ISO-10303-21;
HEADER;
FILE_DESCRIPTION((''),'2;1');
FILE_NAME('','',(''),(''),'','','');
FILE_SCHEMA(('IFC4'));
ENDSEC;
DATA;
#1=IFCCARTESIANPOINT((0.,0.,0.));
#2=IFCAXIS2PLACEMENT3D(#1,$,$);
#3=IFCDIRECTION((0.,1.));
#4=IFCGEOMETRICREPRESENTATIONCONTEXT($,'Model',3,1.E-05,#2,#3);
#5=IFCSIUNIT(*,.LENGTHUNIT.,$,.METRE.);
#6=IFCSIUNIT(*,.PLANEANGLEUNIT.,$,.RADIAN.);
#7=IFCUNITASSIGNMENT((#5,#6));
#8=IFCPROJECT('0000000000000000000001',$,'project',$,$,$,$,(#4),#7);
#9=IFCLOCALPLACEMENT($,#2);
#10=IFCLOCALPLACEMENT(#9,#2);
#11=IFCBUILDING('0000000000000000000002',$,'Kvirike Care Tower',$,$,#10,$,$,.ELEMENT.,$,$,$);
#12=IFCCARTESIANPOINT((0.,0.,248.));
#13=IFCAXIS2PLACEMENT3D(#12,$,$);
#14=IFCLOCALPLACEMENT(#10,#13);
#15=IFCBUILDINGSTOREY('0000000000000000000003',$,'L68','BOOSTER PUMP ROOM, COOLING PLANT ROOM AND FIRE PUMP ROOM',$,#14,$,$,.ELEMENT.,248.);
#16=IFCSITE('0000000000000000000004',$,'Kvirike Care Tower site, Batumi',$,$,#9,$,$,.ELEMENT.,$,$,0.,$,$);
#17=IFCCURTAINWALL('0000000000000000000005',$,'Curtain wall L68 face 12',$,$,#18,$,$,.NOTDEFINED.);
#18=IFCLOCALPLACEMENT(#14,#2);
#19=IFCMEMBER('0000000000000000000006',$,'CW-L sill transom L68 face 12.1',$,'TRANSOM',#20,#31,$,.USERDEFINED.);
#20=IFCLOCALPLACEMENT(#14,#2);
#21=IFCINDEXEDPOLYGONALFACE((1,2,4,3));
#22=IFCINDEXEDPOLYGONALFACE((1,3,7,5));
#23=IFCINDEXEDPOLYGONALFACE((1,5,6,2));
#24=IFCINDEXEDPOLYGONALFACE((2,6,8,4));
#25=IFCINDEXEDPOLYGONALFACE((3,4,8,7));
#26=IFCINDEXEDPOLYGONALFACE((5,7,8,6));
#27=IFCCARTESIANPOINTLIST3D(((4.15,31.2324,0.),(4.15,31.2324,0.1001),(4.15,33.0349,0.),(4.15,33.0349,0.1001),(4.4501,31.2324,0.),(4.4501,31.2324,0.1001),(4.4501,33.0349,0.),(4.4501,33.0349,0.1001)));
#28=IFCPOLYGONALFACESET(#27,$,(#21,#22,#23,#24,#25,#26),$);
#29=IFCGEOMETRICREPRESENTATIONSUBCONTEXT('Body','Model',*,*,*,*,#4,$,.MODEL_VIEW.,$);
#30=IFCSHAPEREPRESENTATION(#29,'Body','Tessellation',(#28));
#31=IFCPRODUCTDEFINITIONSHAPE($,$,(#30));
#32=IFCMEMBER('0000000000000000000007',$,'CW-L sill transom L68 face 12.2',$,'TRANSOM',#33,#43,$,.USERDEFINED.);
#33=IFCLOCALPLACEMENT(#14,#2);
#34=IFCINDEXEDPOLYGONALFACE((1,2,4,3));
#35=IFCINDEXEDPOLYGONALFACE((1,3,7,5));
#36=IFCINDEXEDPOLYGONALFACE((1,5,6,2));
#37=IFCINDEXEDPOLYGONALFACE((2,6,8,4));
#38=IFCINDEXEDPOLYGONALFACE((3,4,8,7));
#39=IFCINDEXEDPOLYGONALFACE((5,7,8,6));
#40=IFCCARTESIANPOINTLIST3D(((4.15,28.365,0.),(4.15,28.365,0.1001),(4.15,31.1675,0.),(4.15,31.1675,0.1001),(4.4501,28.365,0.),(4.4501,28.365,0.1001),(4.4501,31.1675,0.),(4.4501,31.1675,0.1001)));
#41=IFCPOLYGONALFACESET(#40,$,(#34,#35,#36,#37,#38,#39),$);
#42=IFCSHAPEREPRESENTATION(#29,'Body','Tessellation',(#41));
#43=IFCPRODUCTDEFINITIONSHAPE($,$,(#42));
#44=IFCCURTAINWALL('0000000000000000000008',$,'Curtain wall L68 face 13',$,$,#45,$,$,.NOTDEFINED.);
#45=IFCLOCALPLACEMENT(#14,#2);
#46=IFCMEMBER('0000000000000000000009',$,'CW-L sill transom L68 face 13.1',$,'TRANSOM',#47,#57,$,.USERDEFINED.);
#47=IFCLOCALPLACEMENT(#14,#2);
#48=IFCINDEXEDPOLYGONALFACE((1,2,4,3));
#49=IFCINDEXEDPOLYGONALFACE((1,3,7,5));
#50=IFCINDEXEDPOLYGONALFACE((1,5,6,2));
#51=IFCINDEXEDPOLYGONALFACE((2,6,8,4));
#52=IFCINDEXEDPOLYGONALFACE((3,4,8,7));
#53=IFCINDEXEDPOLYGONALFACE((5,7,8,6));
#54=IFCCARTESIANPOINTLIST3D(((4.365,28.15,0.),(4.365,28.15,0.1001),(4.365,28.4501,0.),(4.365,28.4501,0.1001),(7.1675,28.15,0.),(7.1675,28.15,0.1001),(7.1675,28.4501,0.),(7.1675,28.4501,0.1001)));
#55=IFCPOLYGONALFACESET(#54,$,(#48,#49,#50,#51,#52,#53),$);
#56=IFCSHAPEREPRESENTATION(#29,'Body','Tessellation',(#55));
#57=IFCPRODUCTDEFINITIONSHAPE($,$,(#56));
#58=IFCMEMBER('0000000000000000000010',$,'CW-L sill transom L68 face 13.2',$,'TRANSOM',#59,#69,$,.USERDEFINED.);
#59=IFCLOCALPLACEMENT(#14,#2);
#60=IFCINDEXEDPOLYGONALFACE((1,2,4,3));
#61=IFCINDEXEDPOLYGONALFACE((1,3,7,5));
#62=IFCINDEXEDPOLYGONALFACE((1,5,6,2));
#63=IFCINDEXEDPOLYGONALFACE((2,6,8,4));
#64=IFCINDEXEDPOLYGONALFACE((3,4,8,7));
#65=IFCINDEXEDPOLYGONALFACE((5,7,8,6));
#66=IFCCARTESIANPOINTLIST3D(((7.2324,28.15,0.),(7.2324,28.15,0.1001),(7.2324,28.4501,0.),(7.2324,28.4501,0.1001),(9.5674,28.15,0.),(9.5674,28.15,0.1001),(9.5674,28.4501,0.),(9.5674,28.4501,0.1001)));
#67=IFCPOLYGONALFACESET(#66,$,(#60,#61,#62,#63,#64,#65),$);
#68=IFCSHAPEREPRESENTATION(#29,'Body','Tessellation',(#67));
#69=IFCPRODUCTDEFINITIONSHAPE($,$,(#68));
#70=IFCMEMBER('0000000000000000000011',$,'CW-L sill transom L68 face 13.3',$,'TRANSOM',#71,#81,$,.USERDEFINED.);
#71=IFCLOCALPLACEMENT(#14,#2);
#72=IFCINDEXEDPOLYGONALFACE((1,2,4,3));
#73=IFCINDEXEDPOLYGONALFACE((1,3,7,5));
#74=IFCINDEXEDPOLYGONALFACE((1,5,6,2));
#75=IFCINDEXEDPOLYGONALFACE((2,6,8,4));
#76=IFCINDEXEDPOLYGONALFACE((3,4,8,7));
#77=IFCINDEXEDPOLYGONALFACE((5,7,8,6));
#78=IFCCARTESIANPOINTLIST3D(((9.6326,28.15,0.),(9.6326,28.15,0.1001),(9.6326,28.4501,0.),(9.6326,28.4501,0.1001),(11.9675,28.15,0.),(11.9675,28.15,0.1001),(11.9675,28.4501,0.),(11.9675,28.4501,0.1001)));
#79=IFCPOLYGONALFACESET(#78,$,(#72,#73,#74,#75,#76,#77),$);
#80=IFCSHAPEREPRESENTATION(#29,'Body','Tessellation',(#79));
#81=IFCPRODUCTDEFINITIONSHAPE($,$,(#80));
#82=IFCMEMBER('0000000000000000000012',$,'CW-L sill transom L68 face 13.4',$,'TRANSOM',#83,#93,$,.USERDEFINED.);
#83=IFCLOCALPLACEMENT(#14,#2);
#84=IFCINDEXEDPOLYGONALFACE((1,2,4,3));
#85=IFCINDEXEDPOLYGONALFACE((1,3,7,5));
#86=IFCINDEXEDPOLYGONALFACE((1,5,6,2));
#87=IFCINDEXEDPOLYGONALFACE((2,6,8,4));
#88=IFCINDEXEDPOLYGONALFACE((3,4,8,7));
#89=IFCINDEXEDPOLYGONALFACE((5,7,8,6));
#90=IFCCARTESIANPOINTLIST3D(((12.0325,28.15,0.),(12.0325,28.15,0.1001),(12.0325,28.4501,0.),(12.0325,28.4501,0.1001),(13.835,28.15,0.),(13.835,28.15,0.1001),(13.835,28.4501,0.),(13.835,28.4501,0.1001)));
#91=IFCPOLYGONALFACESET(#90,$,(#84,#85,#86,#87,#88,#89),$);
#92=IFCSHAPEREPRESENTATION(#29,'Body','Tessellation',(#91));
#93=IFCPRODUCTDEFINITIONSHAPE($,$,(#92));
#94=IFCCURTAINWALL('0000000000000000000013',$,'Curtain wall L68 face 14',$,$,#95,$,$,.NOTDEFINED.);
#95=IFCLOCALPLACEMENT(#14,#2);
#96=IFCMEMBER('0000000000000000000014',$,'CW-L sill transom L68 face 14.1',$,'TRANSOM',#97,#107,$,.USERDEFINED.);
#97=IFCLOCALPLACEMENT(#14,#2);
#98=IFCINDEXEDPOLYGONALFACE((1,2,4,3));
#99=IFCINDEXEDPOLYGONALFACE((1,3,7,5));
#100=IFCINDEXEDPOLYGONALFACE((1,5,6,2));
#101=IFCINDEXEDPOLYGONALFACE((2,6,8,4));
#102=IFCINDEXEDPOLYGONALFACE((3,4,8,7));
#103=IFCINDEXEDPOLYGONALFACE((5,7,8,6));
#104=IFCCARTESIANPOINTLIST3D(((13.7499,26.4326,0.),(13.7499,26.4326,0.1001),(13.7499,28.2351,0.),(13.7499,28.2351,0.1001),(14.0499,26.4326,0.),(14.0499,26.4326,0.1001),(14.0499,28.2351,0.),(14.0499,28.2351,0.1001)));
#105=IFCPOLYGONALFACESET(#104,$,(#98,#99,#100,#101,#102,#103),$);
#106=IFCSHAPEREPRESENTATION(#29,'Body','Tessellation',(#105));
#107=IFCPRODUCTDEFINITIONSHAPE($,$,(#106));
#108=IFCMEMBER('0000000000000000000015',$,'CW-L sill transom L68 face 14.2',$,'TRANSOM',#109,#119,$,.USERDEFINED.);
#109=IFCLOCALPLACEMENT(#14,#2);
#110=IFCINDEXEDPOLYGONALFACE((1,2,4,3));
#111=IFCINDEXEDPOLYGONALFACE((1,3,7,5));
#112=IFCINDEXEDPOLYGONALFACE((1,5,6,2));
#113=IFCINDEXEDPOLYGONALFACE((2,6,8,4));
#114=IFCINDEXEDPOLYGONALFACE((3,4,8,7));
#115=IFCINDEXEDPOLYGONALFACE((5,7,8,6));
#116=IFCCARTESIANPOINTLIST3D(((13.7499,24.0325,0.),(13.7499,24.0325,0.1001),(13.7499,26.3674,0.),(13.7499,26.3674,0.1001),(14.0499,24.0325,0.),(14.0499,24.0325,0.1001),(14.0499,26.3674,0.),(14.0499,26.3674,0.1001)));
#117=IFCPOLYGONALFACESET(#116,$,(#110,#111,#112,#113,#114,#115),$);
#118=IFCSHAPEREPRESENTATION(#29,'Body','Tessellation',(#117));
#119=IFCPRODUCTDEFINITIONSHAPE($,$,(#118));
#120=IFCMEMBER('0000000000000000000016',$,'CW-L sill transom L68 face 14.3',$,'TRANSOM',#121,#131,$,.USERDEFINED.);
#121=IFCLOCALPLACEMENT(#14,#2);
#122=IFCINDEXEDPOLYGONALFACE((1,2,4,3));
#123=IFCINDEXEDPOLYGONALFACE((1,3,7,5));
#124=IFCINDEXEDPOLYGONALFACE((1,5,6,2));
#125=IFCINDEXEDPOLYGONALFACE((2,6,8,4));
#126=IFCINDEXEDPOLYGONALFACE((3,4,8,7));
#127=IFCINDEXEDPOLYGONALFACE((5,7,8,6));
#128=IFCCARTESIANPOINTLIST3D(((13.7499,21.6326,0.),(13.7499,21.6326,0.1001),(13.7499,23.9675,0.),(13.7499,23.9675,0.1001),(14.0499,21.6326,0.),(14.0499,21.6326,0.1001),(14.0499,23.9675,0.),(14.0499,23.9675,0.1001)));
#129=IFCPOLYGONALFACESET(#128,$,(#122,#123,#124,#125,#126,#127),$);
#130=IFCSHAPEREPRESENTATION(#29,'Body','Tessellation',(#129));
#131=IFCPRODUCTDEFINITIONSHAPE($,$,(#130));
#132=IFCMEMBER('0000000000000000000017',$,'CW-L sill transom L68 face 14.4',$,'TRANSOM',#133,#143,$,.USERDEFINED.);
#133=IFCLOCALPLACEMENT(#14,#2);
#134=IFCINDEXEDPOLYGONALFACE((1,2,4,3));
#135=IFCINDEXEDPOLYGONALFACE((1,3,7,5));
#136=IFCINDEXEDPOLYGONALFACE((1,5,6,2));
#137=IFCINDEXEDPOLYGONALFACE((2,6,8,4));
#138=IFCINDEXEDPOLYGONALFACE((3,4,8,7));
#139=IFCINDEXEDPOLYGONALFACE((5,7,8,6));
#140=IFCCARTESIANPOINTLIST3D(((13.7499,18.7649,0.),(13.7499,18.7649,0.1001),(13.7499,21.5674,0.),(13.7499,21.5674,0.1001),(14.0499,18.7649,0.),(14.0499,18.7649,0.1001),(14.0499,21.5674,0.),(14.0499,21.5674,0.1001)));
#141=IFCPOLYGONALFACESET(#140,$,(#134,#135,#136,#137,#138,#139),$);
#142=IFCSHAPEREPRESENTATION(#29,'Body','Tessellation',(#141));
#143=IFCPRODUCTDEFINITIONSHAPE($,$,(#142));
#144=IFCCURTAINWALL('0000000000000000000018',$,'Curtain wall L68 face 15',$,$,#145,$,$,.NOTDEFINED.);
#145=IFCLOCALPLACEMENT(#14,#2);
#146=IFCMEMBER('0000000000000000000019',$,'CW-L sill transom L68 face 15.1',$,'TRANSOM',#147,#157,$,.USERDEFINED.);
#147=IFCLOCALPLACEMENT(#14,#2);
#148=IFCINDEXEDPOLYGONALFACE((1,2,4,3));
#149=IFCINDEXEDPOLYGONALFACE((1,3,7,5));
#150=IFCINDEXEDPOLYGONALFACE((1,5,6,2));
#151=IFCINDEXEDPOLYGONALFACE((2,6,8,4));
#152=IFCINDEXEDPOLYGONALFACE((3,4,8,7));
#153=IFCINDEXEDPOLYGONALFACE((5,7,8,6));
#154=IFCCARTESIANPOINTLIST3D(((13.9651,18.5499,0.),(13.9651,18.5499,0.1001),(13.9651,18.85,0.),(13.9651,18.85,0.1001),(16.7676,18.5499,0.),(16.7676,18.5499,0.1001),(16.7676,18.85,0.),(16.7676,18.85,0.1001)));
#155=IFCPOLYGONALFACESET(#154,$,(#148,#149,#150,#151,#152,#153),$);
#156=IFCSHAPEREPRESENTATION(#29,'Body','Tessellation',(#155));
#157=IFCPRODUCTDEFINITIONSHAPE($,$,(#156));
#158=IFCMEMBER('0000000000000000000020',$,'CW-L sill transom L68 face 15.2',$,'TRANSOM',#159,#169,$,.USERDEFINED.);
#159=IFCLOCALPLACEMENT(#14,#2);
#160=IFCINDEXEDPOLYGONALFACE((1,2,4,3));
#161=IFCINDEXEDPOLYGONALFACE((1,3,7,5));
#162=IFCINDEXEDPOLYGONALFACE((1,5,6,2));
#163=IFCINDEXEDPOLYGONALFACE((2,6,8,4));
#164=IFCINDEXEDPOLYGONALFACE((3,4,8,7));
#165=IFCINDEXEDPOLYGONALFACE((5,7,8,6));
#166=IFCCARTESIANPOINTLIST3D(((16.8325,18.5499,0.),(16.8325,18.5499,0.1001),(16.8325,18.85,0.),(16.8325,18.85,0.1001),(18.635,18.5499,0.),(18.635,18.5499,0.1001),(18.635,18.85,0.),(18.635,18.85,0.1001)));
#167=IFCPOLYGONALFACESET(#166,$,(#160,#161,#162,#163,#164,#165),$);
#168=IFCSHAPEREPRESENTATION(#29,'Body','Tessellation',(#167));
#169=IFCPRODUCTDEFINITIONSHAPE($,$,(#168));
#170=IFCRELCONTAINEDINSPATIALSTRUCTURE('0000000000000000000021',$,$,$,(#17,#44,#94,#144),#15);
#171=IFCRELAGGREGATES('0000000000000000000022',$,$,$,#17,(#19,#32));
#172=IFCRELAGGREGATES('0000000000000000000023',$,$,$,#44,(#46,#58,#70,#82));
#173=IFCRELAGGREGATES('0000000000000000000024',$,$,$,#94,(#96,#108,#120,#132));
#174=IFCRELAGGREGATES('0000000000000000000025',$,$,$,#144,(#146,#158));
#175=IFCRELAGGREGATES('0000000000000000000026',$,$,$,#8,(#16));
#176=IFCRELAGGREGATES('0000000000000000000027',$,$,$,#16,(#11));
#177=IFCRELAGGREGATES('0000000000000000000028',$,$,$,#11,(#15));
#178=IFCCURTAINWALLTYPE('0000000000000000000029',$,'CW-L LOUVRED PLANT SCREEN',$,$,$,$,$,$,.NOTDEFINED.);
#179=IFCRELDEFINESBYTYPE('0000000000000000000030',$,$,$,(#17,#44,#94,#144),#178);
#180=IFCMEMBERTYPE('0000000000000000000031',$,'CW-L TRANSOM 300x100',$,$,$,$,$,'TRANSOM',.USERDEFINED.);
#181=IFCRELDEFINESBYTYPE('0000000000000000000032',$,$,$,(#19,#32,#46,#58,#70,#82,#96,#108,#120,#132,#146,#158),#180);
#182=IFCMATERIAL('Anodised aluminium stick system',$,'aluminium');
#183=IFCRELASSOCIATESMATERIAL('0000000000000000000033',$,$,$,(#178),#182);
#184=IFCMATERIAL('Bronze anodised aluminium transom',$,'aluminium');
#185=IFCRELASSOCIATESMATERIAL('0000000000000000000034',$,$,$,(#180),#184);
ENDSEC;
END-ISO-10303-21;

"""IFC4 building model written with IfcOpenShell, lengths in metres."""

from ifc_helpers import new_model, si_unit, direction, frame, origin, origin_2d, place, context, subcontext, project, spatial, rectangle, extrude, material, material_profile, profile_set, type_object, element, aggregate, save


model = new_model("IFC4")

# Units and contexts
model_context = context("Model", 3, precision=1e-05, world=origin(), true_north=direction((0.0, 1.0)))
body_context = subcontext(model_context, "Body", "Model", "MODEL_VIEW")
ifc_project = project(units=[si_unit("LENGTHUNIT", "METRE"), si_unit("PLANEANGLEUNIT", "RADIAN")], contexts=[model_context])

# Site, building, storey
site_placement = place(None, origin())
site = spatial("IfcSite", under=ifc_project, at=site_placement, Name="Kvirike Care Tower site, Batumi", CompositionType="ELEMENT", RefElevation=0.0)
building_placement = place(site_placement, origin())
building = spatial("IfcBuilding", under=site, at=building_placement, Name="Kvirike Care Tower", CompositionType="ELEMENT")
storey_placement = place(building_placement, frame((0.0, 0.0, 248.0)))
storey = spatial("IfcBuildingStorey", under=building, at=storey_placement, Name="L68", Description="BOOSTER PUMP ROOM, COOLING PLANT ROOM AND FIRE PUMP ROOM", CompositionType="ELEMENT", Elevation=248.0)

# Curtain walls, members
ifc_material_1 = material(Name="Anodised aluminium stick system", Category="aluminium")
curtain_wall_type = type_object("IfcCurtainWallType", Name="CW-L LOUVRED PLANT SCREEN", PredefinedType="NOTDEFINED", material=ifc_material_1)
curtain_wall_1_placement = place(storey_placement, origin())
curtain_wall_1 = element("IfcCurtainWall", 1, at=curtain_wall_1_placement, inside=storey, type_object=curtain_wall_type, Name="Curtain wall L68 face 12", PredefinedType="NOTDEFINED")
ifc_material_2 = material(Name="Bronze anodised aluminium transom", Category="aluminium")
ifc_material_profile_1 = material_profile(ifc_material_2, rectangle(XDim=0.3, YDim=0.1001, at=origin_2d()), Name="CW-L TRANSOM 300x100")
ifc_profile_set_1 = profile_set([ifc_material_profile_1], Name="Bronze anodised aluminium transom")
member_type = type_object("IfcMemberType", Name="CW-L TRANSOM 300x100", ElementType="TRANSOM", PredefinedType="USERDEFINED", material=ifc_profile_set_1)
member_1_placement = place(storey_placement, frame((4.3, 33.0349, 0.05), z_axis=(0.0, -1.0, 0.0), x_axis=(1.0, 0.0, 0.0)))
member_1 = element("IfcMember", 2, at=member_1_placement, type_object=member_type, Name="CW-L sill transom L68 face 12.1", ObjectType="TRANSOM", PredefinedType="USERDEFINED", context=body_context, shape_type="SweptSolid", body=[
    extrude(rectangle(XDim=0.3, YDim=0.1001, at=origin_2d()), origin(), (0.0, 0.0, 1.0), 1.8025),
])
member_2_placement = place(storey_placement, frame((4.3, 31.1675, 0.05), z_axis=(0.0, -1.0, 0.0), x_axis=(1.0, 0.0, 0.0)))
member_2 = element("IfcMember", 3, at=member_2_placement, type_object=member_type, Name="CW-L sill transom L68 face 12.2", ObjectType="TRANSOM", PredefinedType="USERDEFINED", context=body_context, shape_type="SweptSolid", body=[
    extrude(rectangle(XDim=0.3, YDim=0.1001, at=origin_2d()), origin(), (0.0, 0.0, 1.0), 2.8025),
])
curtain_wall_2_placement = place(storey_placement, origin())
curtain_wall_2 = element("IfcCurtainWall", 4, at=curtain_wall_2_placement, inside=storey, type_object=curtain_wall_type, Name="Curtain wall L68 face 13", PredefinedType="NOTDEFINED")
member_3_placement = place(storey_placement, frame((4.365, 28.3, 0.05), z_axis=(1.0, 0.0, 0.0), x_axis=(0.0, 1.0, 0.0)))
member_3 = element("IfcMember", 5, at=member_3_placement, type_object=member_type, Name="CW-L sill transom L68 face 13.1", ObjectType="TRANSOM", PredefinedType="USERDEFINED", context=body_context, shape_type="SweptSolid", body=[
    extrude(rectangle(XDim=0.3, YDim=0.1001, at=origin_2d()), origin(), (0.0, 0.0, 1.0), 2.8025),
])
member_4_placement = place(storey_placement, frame((7.2324, 28.3, 0.05), z_axis=(1.0, 0.0, 0.0), x_axis=(0.0, 1.0, 0.0)))
member_4 = element("IfcMember", 6, at=member_4_placement, type_object=member_type, Name="CW-L sill transom L68 face 13.2", ObjectType="TRANSOM", PredefinedType="USERDEFINED", context=body_context, shape_type="SweptSolid", body=[
    extrude(rectangle(XDim=0.3, YDim=0.1001, at=origin_2d()), origin(), (0.0, 0.0, 1.0), 2.335),
])
member_5_placement = place(storey_placement, frame((9.6326, 28.3, 0.05), z_axis=(1.0, 0.0, 0.0), x_axis=(0.0, 1.0, 0.0)))
member_5 = element("IfcMember", 7, at=member_5_placement, type_object=member_type, Name="CW-L sill transom L68 face 13.3", ObjectType="TRANSOM", PredefinedType="USERDEFINED", context=body_context, shape_type="SweptSolid", body=[
    extrude(rectangle(XDim=0.3, YDim=0.1001, at=origin_2d()), origin(), (0.0, 0.0, 1.0), 2.335),
])
member_6_placement = place(storey_placement, frame((12.0325, 28.3, 0.05), z_axis=(1.0, 0.0, 0.0), x_axis=(0.0, 1.0, 0.0)))
member_6 = element("IfcMember", 8, at=member_6_placement, type_object=member_type, Name="CW-L sill transom L68 face 13.4", ObjectType="TRANSOM", PredefinedType="USERDEFINED", context=body_context, shape_type="SweptSolid", body=[
    extrude(rectangle(XDim=0.3, YDim=0.1001, at=origin_2d()), origin(), (0.0, 0.0, 1.0), 1.8025),
])
curtain_wall_3_placement = place(storey_placement, origin())
curtain_wall_3 = element("IfcCurtainWall", 9, at=curtain_wall_3_placement, inside=storey, type_object=curtain_wall_type, Name="Curtain wall L68 face 14", PredefinedType="NOTDEFINED")
member_7_placement = place(storey_placement, frame((13.8999, 28.2351, 0.05), z_axis=(0.0, -1.0, 0.0), x_axis=(1.0, 0.0, 0.0)))
member_7 = element("IfcMember", 10, at=member_7_placement, type_object=member_type, Name="CW-L sill transom L68 face 14.1", ObjectType="TRANSOM", PredefinedType="USERDEFINED", context=body_context, shape_type="SweptSolid", body=[
    extrude(rectangle(XDim=0.3, YDim=0.1001, at=origin_2d()), origin(), (0.0, 0.0, 1.0), 1.8025),
])
member_8_placement = place(storey_placement, frame((13.8999, 26.3674, 0.05), z_axis=(0.0, -1.0, 0.0), x_axis=(1.0, 0.0, 0.0)))
member_8 = element("IfcMember", 11, at=member_8_placement, type_object=member_type, Name="CW-L sill transom L68 face 14.2", ObjectType="TRANSOM", PredefinedType="USERDEFINED", context=body_context, shape_type="SweptSolid", body=[
    extrude(rectangle(XDim=0.3, YDim=0.1001, at=origin_2d()), origin(), (0.0, 0.0, 1.0), 2.335),
])
member_9_placement = place(storey_placement, frame((13.8999, 23.9675, 0.05), z_axis=(0.0, -1.0, 0.0), x_axis=(1.0, 0.0, 0.0)))
member_9 = element("IfcMember", 12, at=member_9_placement, type_object=member_type, Name="CW-L sill transom L68 face 14.3", ObjectType="TRANSOM", PredefinedType="USERDEFINED", context=body_context, shape_type="SweptSolid", body=[
    extrude(rectangle(XDim=0.3, YDim=0.1001, at=origin_2d()), origin(), (0.0, 0.0, 1.0), 2.335),
])
member_10_placement = place(storey_placement, frame((13.8999, 21.5674, 0.05), z_axis=(0.0, -1.0, 0.0), x_axis=(1.0, 0.0, 0.0)))
member_10 = element("IfcMember", 13, at=member_10_placement, type_object=member_type, Name="CW-L sill transom L68 face 14.4", ObjectType="TRANSOM", PredefinedType="USERDEFINED", context=body_context, shape_type="SweptSolid", body=[
    extrude(rectangle(XDim=0.3, YDim=0.1001, at=origin_2d()), origin(), (0.0, 0.0, 1.0), 2.8025),
])
curtain_wall_4_placement = place(storey_placement, origin())
curtain_wall_4 = element("IfcCurtainWall", 14, at=curtain_wall_4_placement, inside=storey, type_object=curtain_wall_type, Name="Curtain wall L68 face 15", PredefinedType="NOTDEFINED")
member_11_placement = place(storey_placement, frame((13.9651, 18.7, 0.05), z_axis=(1.0, 0.0, 0.0), x_axis=(0.0, 1.0, 0.0)))
member_11 = element("IfcMember", 15, at=member_11_placement, type_object=member_type, Name="CW-L sill transom L68 face 15.1", ObjectType="TRANSOM", PredefinedType="USERDEFINED", context=body_context, shape_type="SweptSolid", body=[
    extrude(rectangle(XDim=0.3, YDim=0.1001, at=origin_2d()), origin(), (0.0, 0.0, 1.0), 2.8025),
])
member_12_placement = place(storey_placement, frame((16.8325, 18.7, 0.05), z_axis=(1.0, 0.0, 0.0), x_axis=(0.0, 1.0, 0.0)))
member_12 = element("IfcMember", 16, at=member_12_placement, type_object=member_type, Name="CW-L sill transom L68 face 15.2", ObjectType="TRANSOM", PredefinedType="USERDEFINED", context=body_context, shape_type="SweptSolid", body=[
    extrude(rectangle(XDim=0.3, YDim=0.1001, at=origin_2d()), origin(), (0.0, 0.0, 1.0), 1.8025),
])

aggregate(curtain_wall_1, [member_1, member_2])
aggregate(curtain_wall_2, [member_3, member_4, member_5, member_6])
aggregate(curtain_wall_3, [member_7, member_8, member_9, member_10])
aggregate(curtain_wall_4, [member_11, member_12])

save(model, "model.ifc")
